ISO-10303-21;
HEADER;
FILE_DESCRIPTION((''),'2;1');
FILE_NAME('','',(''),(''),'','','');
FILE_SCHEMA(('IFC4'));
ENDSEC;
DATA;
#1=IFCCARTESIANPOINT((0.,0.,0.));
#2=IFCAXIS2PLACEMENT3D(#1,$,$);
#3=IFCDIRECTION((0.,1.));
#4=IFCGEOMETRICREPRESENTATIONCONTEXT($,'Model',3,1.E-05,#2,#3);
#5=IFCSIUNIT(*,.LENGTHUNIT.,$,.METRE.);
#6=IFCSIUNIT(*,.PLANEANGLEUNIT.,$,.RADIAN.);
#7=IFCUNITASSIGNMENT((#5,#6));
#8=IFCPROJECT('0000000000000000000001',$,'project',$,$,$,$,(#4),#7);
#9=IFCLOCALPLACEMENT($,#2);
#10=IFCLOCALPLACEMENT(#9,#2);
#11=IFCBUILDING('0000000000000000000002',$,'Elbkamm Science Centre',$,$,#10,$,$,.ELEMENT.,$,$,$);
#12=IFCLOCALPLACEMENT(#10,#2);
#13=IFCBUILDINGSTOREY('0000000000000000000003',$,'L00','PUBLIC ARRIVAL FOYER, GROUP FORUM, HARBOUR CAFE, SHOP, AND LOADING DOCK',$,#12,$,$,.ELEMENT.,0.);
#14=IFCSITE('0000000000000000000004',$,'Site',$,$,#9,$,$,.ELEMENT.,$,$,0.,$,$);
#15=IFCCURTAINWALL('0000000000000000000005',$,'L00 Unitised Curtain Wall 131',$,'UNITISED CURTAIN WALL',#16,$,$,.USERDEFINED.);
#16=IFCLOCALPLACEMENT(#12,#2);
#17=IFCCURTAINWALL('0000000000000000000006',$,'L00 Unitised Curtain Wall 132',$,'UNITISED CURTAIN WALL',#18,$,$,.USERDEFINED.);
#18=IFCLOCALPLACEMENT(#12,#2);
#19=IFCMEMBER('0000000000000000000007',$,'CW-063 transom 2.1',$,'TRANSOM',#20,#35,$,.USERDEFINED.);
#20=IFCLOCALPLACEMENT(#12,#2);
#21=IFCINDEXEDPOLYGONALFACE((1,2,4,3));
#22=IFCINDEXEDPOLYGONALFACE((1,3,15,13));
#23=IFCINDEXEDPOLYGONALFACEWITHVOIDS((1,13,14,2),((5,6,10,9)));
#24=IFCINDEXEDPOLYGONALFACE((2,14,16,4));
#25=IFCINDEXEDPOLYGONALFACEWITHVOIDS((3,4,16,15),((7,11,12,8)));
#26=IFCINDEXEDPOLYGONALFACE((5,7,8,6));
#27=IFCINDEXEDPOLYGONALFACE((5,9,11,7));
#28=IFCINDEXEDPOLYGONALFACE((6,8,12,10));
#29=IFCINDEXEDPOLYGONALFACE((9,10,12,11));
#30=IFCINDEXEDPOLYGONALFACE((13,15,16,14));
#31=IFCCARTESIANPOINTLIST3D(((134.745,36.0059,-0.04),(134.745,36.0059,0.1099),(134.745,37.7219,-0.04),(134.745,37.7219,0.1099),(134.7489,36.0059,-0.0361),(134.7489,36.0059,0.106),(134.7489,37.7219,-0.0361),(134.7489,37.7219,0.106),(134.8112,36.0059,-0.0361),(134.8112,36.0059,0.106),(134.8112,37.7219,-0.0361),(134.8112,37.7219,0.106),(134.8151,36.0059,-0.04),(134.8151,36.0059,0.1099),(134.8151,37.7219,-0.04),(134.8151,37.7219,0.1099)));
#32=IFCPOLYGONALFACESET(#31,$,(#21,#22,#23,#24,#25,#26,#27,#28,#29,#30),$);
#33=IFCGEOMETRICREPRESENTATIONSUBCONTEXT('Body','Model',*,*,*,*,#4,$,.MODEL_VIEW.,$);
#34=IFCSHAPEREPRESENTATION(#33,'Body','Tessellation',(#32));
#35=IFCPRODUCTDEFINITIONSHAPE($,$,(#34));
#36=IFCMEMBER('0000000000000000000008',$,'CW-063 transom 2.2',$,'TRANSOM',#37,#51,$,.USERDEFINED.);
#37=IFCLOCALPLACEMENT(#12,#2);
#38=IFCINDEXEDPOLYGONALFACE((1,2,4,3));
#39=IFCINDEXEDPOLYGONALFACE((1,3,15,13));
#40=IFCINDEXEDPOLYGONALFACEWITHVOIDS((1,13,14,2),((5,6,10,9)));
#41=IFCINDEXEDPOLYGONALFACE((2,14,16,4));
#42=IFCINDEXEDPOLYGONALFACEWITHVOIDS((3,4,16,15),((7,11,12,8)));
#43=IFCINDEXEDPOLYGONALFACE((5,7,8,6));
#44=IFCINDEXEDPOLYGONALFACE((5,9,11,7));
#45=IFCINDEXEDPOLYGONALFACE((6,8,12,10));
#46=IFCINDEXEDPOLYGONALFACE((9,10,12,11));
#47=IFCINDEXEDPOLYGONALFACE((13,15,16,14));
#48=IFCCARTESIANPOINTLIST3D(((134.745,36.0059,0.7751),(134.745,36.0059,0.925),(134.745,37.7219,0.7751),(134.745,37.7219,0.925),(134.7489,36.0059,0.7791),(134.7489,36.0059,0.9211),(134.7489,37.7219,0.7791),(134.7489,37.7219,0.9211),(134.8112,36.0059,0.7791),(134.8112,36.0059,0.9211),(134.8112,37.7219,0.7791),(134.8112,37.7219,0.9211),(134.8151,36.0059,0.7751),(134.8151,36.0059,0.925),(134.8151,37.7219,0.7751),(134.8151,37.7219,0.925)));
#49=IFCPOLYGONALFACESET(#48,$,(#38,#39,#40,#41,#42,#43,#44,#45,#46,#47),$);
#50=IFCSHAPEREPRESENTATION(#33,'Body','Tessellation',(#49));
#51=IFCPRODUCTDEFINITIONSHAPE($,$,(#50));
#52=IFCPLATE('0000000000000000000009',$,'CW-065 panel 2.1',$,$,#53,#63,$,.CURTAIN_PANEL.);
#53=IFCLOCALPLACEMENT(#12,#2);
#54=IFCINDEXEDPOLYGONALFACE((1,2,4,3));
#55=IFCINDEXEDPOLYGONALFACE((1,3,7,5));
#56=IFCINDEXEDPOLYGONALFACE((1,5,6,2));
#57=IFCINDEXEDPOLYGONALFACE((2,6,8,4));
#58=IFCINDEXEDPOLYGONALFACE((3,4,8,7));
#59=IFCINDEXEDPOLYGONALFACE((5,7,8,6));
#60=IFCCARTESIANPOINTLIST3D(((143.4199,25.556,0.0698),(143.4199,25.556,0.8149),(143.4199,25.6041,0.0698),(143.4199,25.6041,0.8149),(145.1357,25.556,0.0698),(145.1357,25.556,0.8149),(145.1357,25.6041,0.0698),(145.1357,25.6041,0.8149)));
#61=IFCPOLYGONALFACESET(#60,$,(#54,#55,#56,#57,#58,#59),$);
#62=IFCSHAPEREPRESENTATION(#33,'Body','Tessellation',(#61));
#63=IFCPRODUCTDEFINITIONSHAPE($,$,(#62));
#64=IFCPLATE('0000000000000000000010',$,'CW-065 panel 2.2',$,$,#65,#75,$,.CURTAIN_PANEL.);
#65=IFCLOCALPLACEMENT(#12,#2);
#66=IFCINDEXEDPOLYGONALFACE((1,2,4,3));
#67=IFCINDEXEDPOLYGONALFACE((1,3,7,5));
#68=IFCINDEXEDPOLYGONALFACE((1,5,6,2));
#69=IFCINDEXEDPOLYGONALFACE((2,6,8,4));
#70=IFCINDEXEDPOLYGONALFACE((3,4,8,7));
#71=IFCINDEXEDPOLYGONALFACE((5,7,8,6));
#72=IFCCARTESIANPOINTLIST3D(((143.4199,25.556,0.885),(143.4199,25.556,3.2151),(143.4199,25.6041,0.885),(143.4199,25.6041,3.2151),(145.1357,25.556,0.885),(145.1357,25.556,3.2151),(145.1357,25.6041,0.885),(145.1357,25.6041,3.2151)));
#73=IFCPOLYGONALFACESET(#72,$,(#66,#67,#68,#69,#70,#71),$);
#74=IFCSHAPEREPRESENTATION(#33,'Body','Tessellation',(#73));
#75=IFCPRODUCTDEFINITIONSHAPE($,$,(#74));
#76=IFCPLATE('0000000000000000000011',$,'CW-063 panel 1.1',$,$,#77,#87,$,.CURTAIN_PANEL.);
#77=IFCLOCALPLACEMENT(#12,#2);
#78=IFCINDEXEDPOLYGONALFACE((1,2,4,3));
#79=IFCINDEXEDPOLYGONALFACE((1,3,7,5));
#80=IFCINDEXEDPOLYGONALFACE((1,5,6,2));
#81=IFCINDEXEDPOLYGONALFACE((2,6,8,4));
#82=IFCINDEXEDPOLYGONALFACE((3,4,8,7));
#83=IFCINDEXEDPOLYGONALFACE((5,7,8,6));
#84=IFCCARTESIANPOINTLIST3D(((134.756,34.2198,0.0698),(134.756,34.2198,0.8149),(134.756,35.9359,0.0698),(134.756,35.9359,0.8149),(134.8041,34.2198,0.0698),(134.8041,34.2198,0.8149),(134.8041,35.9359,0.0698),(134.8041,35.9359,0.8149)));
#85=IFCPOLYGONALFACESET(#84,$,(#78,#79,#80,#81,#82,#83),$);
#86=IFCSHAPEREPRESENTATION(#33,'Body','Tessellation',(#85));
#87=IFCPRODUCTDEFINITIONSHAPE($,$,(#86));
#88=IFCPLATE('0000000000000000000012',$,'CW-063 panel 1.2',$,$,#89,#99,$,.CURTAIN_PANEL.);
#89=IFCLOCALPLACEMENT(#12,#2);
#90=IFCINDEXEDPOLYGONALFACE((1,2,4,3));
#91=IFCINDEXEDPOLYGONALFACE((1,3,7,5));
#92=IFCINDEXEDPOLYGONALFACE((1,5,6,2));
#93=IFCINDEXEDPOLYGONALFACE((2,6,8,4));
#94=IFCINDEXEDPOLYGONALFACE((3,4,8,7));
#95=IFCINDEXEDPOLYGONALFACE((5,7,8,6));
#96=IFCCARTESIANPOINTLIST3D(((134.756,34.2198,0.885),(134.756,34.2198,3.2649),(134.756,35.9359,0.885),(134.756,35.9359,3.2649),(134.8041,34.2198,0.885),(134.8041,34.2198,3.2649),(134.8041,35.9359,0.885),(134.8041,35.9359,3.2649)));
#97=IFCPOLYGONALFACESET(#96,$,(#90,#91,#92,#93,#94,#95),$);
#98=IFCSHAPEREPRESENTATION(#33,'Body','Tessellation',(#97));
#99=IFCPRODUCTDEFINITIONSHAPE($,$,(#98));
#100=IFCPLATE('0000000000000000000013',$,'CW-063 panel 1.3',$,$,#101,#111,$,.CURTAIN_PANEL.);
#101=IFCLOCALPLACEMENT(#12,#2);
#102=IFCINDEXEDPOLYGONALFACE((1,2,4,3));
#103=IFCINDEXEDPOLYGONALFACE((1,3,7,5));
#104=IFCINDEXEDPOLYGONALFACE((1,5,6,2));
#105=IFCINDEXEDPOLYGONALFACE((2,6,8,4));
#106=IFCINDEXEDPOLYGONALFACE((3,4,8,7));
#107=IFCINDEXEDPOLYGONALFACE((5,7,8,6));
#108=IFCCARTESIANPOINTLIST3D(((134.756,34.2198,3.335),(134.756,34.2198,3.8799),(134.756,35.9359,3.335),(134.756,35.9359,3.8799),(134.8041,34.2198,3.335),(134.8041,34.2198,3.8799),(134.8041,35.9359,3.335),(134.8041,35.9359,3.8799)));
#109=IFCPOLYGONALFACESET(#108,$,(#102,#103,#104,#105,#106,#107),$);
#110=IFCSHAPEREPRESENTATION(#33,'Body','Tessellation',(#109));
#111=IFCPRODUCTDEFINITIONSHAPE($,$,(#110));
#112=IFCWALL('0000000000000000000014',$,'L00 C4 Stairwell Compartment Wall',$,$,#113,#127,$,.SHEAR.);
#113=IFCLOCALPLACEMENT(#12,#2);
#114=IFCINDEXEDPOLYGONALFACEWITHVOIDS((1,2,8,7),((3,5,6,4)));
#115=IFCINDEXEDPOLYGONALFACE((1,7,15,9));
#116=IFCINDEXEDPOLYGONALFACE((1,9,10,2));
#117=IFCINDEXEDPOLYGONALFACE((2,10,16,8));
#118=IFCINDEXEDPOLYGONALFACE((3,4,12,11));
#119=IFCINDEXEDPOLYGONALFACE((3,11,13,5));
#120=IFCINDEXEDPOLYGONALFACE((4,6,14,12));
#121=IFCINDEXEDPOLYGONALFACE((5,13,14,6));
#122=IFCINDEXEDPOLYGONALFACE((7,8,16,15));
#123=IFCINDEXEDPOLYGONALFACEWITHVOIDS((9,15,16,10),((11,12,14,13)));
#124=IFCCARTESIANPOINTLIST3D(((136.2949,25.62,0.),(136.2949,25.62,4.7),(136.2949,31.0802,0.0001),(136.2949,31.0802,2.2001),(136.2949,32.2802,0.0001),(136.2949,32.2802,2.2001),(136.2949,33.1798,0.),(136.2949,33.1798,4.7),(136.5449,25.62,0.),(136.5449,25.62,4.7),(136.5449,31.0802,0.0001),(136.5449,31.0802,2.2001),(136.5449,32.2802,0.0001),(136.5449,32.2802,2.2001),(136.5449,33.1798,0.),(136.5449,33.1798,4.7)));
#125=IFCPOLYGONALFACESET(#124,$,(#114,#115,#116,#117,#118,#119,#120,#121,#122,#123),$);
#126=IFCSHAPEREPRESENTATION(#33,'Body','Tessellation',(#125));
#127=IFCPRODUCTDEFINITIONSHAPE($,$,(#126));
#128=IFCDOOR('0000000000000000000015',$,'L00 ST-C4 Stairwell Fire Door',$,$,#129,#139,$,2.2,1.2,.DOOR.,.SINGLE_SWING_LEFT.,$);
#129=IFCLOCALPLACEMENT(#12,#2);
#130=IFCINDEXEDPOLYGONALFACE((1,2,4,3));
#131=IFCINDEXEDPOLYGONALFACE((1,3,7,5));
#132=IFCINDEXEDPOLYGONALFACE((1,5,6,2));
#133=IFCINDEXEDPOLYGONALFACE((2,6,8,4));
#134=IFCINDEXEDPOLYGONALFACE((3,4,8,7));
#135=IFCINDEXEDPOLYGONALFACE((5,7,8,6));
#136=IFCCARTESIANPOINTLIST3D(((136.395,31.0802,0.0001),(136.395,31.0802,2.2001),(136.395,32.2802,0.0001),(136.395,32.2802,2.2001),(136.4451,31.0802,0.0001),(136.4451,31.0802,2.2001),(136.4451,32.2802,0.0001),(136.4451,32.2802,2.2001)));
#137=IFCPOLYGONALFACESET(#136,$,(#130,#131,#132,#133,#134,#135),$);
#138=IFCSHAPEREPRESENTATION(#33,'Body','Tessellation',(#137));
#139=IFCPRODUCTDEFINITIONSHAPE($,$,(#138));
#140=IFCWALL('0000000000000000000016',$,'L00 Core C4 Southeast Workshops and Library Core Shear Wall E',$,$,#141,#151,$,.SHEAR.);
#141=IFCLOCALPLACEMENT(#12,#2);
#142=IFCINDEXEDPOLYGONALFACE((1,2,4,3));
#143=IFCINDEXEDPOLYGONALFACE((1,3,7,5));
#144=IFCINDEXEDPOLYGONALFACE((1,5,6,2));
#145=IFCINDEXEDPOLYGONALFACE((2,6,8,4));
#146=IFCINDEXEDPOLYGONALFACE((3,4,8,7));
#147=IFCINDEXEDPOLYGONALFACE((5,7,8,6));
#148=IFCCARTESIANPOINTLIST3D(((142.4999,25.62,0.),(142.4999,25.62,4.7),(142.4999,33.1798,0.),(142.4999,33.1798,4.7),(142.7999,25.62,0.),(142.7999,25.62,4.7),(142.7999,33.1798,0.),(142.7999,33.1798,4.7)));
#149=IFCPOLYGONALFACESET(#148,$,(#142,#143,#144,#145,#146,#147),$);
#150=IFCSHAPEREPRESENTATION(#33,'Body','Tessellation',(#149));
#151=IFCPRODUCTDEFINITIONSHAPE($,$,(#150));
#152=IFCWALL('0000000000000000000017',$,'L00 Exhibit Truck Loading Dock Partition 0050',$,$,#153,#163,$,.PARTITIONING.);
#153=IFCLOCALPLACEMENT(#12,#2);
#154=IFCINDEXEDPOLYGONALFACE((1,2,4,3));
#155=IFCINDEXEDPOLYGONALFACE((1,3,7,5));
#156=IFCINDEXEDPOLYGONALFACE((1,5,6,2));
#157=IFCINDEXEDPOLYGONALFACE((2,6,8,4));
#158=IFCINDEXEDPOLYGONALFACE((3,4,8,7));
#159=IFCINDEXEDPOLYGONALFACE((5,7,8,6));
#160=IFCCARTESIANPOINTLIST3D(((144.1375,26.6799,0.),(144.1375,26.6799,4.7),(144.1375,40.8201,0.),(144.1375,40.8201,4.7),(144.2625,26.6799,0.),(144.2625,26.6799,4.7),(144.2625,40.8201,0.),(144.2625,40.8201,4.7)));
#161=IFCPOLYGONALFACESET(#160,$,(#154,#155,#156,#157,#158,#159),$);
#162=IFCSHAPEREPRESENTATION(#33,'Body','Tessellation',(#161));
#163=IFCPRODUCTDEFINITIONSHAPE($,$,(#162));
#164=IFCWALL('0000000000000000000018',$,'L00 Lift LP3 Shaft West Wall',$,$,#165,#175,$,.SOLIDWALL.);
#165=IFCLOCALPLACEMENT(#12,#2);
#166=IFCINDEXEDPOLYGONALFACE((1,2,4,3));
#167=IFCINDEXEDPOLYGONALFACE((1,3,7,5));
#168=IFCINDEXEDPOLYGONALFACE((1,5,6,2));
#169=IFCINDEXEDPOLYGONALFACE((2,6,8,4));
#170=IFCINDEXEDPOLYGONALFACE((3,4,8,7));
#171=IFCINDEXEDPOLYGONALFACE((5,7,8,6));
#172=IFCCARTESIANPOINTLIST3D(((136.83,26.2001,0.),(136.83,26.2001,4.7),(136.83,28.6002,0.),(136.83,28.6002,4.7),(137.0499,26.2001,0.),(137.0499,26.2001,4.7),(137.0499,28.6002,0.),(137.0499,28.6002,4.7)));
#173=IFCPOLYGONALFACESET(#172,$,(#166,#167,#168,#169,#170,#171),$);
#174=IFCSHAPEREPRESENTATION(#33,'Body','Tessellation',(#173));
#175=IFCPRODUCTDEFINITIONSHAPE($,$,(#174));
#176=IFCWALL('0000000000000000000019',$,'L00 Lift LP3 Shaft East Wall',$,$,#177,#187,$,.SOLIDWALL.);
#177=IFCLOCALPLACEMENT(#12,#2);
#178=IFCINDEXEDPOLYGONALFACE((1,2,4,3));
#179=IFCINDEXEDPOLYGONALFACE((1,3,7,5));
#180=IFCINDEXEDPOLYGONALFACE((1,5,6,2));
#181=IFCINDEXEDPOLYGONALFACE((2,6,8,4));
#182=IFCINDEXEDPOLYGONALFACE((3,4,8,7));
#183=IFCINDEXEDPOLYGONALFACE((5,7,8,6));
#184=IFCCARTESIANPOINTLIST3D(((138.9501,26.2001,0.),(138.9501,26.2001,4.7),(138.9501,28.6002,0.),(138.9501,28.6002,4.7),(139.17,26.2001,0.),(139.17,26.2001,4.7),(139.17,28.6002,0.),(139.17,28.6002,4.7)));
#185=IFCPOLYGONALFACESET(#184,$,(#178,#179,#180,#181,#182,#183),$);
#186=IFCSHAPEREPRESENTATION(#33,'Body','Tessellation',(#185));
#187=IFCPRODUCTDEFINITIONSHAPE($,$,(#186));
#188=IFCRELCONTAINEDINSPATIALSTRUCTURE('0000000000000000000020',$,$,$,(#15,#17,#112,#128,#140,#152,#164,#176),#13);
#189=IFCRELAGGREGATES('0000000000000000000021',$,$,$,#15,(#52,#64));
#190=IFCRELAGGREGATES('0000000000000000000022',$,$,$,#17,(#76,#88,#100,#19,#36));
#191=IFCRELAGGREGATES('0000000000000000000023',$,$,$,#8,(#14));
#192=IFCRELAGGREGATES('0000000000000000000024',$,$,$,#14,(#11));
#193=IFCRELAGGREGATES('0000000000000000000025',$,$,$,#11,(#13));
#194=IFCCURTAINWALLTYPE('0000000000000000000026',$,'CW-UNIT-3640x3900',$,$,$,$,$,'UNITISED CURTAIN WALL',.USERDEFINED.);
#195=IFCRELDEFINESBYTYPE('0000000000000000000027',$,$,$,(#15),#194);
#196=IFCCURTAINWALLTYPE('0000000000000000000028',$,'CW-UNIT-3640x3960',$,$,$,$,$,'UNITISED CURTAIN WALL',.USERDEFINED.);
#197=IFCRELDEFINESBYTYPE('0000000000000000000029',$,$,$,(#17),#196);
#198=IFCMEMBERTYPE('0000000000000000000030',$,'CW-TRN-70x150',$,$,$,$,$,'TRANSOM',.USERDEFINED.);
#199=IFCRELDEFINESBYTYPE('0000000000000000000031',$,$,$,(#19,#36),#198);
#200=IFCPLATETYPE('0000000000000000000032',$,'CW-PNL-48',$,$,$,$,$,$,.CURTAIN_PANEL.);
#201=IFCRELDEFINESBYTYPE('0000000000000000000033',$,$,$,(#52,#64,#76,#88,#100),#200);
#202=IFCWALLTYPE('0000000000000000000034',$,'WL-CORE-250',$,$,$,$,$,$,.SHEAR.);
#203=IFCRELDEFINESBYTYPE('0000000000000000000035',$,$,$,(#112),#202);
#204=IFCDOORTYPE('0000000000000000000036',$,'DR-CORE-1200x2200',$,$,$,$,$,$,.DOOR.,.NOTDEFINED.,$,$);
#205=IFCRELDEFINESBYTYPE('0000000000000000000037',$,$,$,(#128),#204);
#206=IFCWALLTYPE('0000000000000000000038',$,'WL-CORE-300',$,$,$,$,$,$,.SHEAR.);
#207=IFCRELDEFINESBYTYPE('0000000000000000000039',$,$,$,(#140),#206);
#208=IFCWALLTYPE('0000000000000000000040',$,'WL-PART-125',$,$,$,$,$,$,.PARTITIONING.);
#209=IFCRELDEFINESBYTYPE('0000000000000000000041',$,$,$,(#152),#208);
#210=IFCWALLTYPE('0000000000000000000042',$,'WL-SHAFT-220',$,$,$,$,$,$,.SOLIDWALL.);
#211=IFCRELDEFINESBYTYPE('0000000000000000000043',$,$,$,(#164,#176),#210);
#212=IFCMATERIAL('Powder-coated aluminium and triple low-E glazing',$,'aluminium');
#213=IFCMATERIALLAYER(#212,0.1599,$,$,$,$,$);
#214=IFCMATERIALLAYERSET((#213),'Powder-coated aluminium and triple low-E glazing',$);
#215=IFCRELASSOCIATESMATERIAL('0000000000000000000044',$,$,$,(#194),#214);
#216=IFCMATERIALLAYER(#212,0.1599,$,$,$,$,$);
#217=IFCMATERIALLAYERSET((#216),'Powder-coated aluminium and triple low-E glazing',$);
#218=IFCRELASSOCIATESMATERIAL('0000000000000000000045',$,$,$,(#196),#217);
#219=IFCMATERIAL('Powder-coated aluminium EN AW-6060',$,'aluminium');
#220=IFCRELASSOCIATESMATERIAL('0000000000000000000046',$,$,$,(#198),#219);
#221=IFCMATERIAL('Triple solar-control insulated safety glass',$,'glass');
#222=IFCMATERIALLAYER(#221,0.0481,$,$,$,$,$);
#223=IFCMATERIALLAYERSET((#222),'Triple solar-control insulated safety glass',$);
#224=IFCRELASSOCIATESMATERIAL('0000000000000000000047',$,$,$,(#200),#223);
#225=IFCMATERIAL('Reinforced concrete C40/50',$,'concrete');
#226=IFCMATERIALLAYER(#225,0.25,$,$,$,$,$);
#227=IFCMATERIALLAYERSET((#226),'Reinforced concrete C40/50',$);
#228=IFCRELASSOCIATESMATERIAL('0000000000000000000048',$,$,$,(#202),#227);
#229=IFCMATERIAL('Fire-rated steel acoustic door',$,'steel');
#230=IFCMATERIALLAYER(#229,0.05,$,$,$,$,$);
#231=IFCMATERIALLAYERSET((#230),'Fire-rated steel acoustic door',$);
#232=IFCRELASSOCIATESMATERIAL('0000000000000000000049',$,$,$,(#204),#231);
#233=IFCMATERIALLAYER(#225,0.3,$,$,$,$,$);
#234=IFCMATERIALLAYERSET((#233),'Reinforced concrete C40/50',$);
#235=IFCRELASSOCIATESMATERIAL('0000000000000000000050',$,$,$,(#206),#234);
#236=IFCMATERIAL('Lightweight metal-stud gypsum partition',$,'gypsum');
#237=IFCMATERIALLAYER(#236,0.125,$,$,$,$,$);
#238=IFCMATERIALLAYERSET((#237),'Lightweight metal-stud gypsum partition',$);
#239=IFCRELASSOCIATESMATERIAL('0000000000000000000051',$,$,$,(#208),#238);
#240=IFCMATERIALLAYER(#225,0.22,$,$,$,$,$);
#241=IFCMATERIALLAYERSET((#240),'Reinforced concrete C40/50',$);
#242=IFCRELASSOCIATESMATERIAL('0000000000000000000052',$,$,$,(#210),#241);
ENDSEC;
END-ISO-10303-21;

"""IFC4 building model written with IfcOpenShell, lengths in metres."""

from ifc_helpers import new_model, si_unit, direction, frame, frame_2d, origin, origin_2d, place, context, subcontext, project, spatial, rectangle, hollow_rectangle, extrude, material, layer, layer_set, material_profile, profile_set, type_object, element, fill, aggregate, save


model = new_model("IFC4")

# Units and contexts
model_context = context("Model", 3, precision=1e-05, world=origin(), true_north=direction((0.0, 1.0)))
body_context = subcontext(model_context, "Body", "Model", "MODEL_VIEW")
ifc_project = project(units=[si_unit("LENGTHUNIT", "METRE"), si_unit("PLANEANGLEUNIT", "RADIAN")], contexts=[model_context])

# Site, building, storey
site_placement = place(None, origin())
site = spatial("IfcSite", under=ifc_project, at=site_placement, Name="Site", CompositionType="ELEMENT", RefElevation=0.0)
building_placement = place(site_placement, origin())
building = spatial("IfcBuilding", under=site, at=building_placement, Name="Elbkamm Science Centre", CompositionType="ELEMENT")
storey_placement = place(building_placement, origin())
storey = spatial("IfcBuildingStorey", under=building, at=storey_placement, Name="L00", Description="PUBLIC ARRIVAL FOYER, GROUP FORUM, HARBOUR CAFE, SHOP, AND LOADING DOCK", CompositionType="ELEMENT", Elevation=0.0)

# Curtain wall
ifc_material_1 = material(Name="Powder-coated aluminium and triple low-E glazing", Category="aluminium")
ifc_layer_1 = layer(ifc_material_1, 0.1599)
ifc_layer_set_1 = layer_set([ifc_layer_1], Name="Powder-coated aluminium and triple low-E glazing")
curtain_wall_type_1 = type_object("IfcCurtainWallType", Name="CW-UNIT-3640x3900", ElementType="UNITISED CURTAIN WALL", PredefinedType="USERDEFINED", material=ifc_layer_set_1)
curtain_wall_1_placement = place(storey_placement, origin())
curtain_wall_1 = element("IfcCurtainWall", 1, at=curtain_wall_1_placement, inside=storey, type_object=curtain_wall_type_1, Name="L00 Unitised Curtain Wall 131", ObjectType="UNITISED CURTAIN WALL", PredefinedType="USERDEFINED")
ifc_material_2 = material(Name="Powder-coated aluminium EN AW-6060", Category="aluminium")

# Curtain wall, members
ifc_layer_2 = layer(ifc_material_1, 0.1599)
ifc_layer_set_2 = layer_set([ifc_layer_2], Name="Powder-coated aluminium and triple low-E glazing")
curtain_wall_type_2 = type_object("IfcCurtainWallType", Name="CW-UNIT-3640x3960", ElementType="UNITISED CURTAIN WALL", PredefinedType="USERDEFINED", material=ifc_layer_set_2)
curtain_wall_2_placement = place(storey_placement, origin())
curtain_wall_2 = element("IfcCurtainWall", 2, at=curtain_wall_2_placement, inside=storey, type_object=curtain_wall_type_2, Name="L00 Unitised Curtain Wall 132", ObjectType="UNITISED CURTAIN WALL", PredefinedType="USERDEFINED")
ifc_material_profile_1 = material_profile(ifc_material_2, hollow_rectangle(XDim=0.0701, YDim=0.1499, WallThickness=0.0039, at=origin_2d()), Name="ALU T70x150")
ifc_profile_set_1 = profile_set([ifc_material_profile_1], Name="Powder-coated aluminium EN AW-6060")
member_type_1 = type_object("IfcMemberType", Name="CW-TRN-70x150", ElementType="TRANSOM", PredefinedType="USERDEFINED", material=ifc_profile_set_1)
member_1_placement = place(storey_placement, frame((134.78, 36.0059, 0.0349), z_axis=(0.0, 1.0, 0.0), x_axis=(-1.0, 0.0, 0.0)))
member_1 = element("IfcMember", 3, at=member_1_placement, type_object=member_type_1, Name="CW-063 transom 2.1", ObjectType="TRANSOM", PredefinedType="USERDEFINED", context=body_context, shape_type="SweptSolid", body=[
    extrude(hollow_rectangle(XDim=0.0701, YDim=0.1499, WallThickness=0.0039, at=origin_2d()), origin(), (0.0, 0.0, 1.0), 1.7161),
])
member_2_placement = place(storey_placement, frame((134.78, 36.0059, 0.8501), z_axis=(0.0, 1.0, 0.0), x_axis=(-1.0, 0.0, 0.0)))
member_2 = element("IfcMember", 4, at=member_2_placement, type_object=member_type_1, Name="CW-063 transom 2.2", ObjectType="TRANSOM", PredefinedType="USERDEFINED", context=body_context, shape_type="SweptSolid", body=[
    extrude(hollow_rectangle(XDim=0.0701, YDim=0.1499, WallThickness=0.0039, at=origin_2d()), origin(), (0.0, 0.0, 1.0), 1.7161),
])

# Plates
ifc_material_3 = material(Name="Triple solar-control insulated safety glass", Category="glass")
ifc_layer_3 = layer(ifc_material_3, 0.0481)
ifc_layer_set_3 = layer_set([ifc_layer_3], Name="Triple solar-control insulated safety glass")
plate_type = type_object("IfcPlateType", Name="CW-PNL-48", PredefinedType="CURTAIN_PANEL", material=ifc_layer_set_3)
plate_1_placement = place(storey_placement, frame((144.2778, 25.5801, 0.0698), z_axis=(0.0, 0.0, 1.0), x_axis=(-1.0, 0.0, 0.0)))
plate_1 = element("IfcPlate", 5, at=plate_1_placement, type_object=plate_type, Name="CW-065 panel 2.1", PredefinedType="CURTAIN_PANEL", context=body_context, shape_type="SweptSolid", body=[
    extrude(rectangle(XDim=1.7158, YDim=0.0481, at=origin_2d()), origin(), (0.0, 0.0, 1.0), 0.7451),
])
plate_2_placement = place(storey_placement, frame((144.2778, 25.5801, 0.885), z_axis=(0.0, 0.0, 1.0), x_axis=(-1.0, 0.0, 0.0)))
plate_2 = element("IfcPlate", 6, at=plate_2_placement, type_object=plate_type, Name="CW-065 panel 2.2", PredefinedType="CURTAIN_PANEL", context=body_context, shape_type="SweptSolid", body=[
    extrude(rectangle(XDim=1.7158, YDim=0.0481, at=origin_2d()), origin(), (0.0, 0.0, 1.0), 2.3301),
])
aggregate(curtain_wall_1, [plate_1, plate_2])
plate_3_placement = place(storey_placement, frame((134.78, 35.0779, 0.0698), z_axis=(0.0, 0.0, 1.0), x_axis=(0.0, 1.0, 0.0)))
plate_3 = element("IfcPlate", 7, at=plate_3_placement, type_object=plate_type, Name="CW-063 panel 1.1", PredefinedType="CURTAIN_PANEL", context=body_context, shape_type="SweptSolid", body=[
    extrude(rectangle(XDim=1.7161, YDim=0.0481, at=origin_2d()), origin(), (0.0, 0.0, 1.0), 0.7451),
])
plate_4_placement = place(storey_placement, frame((134.78, 35.0779, 0.885), z_axis=(0.0, 0.0, 1.0), x_axis=(0.0, 1.0, 0.0)))
plate_4 = element("IfcPlate", 8, at=plate_4_placement, type_object=plate_type, Name="CW-063 panel 1.2", PredefinedType="CURTAIN_PANEL", context=body_context, shape_type="SweptSolid", body=[
    extrude(rectangle(XDim=1.7161, YDim=0.0481, at=origin_2d()), origin(), (0.0, 0.0, 1.0), 2.3799),
])
plate_5_placement = place(storey_placement, frame((134.78, 35.0779, 3.335), z_axis=(0.0, 0.0, 1.0), x_axis=(0.0, 1.0, 0.0)))
plate_5 = element("IfcPlate", 9, at=plate_5_placement, type_object=plate_type, Name="CW-063 panel 1.3", PredefinedType="CURTAIN_PANEL", context=body_context, shape_type="SweptSolid", body=[
    extrude(rectangle(XDim=1.7161, YDim=0.0481, at=origin_2d()), origin(), (0.0, 0.0, 1.0), 0.5449),
])
aggregate(curtain_wall_2, [plate_3, plate_4, plate_5, member_1, member_2])

# Wall, opening, door
ifc_material_4 = material(Name="Reinforced concrete C40/50", Category="concrete")
ifc_layer_4 = layer(ifc_material_4, 0.25)
ifc_layer_set_4 = layer_set([ifc_layer_4], Name="Reinforced concrete C40/50")
wall_type_1 = type_object("IfcWallType", Name="WL-CORE-250", PredefinedType="SHEAR", material=ifc_layer_set_4)
wall_1_placement = place(storey_placement, frame((136.4199, 25.6201, 0.0), z_axis=(0.0, 0.0, 1.0), x_axis=(0.0, 1.0, 0.0)))
wall_1 = element("IfcWall", 10, at=wall_1_placement, inside=storey, type_object=wall_type_1, Name="L00 C4 Stairwell Compartment Wall", PredefinedType="SHEAR", context=body_context, shape_type="SweptSolid", body=[
    extrude(rectangle(XDim=7.5598, YDim=0.25, at=frame_2d((3.7798, 0.0))), origin(), (0.0, 0.0, 1.0), 4.7),
])
opening_1_placement = place(wall_1_placement, frame((5.46, 0.0, 0.0)))
opening_1 = element("IfcOpeningElement", 11, at=opening_1_placement, cuts=wall_1, PredefinedType="OPENING", context=body_context, shape_type="SweptSolid", body=[
    extrude(rectangle(XDim=1.2, YDim=2.2, at=frame_2d((0.6001, 1.1001))), frame((0.0, 0.137, 0.0), z_axis=(0.0, -1.0, 0.0), x_axis=(1.0, 0.0, 0.0)), (0.0, 0.0, 1.0), 0.2739),
])
ifc_material_5 = material(Name="Fire-rated steel acoustic door", Category="steel")
ifc_layer_5 = layer(ifc_material_5, 0.05)
ifc_layer_set_5 = layer_set([ifc_layer_5], Name="Fire-rated steel acoustic door")
door_type_1 = type_object("IfcDoorType", Name="DR-CORE-1200x2200", OperationType="NOTDEFINED", PredefinedType="DOOR", material=ifc_layer_set_5)
door_1_placement = place(opening_1_placement, origin())
door_1 = element("IfcDoor", 12, at=door_1_placement, inside=storey, type_object=door_type_1, Name="L00 ST-C4 Stairwell Fire Door", OperationType="SINGLE_SWING_LEFT", OverallHeight=2.2, OverallWidth=1.2, PredefinedType="DOOR", context=body_context, shape_type="SweptSolid", body=[
    extrude(rectangle(XDim=1.2, YDim=2.2, at=frame_2d((0.6001, 1.1001))), frame((0.0, 0.0249, 0.0), z_axis=(0.0, -1.0, 0.0), x_axis=(1.0, 0.0, 0.0)), (0.0, 0.0, 1.0), 0.05),
])
fill(opening_1, door_1)

# Walls
ifc_layer_6 = layer(ifc_material_4, 0.3)
ifc_layer_set_6 = layer_set([ifc_layer_6], Name="Reinforced concrete C40/50")
wall_type_2 = type_object("IfcWallType", Name="WL-CORE-300", PredefinedType="SHEAR", material=ifc_layer_set_6)
wall_2_placement = place(storey_placement, frame((142.6499, 25.6201, 0.0), z_axis=(0.0, 0.0, 1.0), x_axis=(0.0, 1.0, 0.0)))
element("IfcWall", 13, at=wall_2_placement, inside=storey, type_object=wall_type_2, Name="L00 Core C4 Southeast Workshops and Library Core Shear Wall E", PredefinedType="SHEAR", context=body_context, shape_type="SweptSolid", body=[
    extrude(rectangle(XDim=7.5598, YDim=0.3, at=frame_2d((3.7798, 0.0))), origin(), (0.0, 0.0, 1.0), 4.7),
])
ifc_material_6 = material(Name="Lightweight metal-stud gypsum partition", Category="gypsum")
ifc_layer_7 = layer(ifc_material_6, 0.125)
ifc_layer_set_7 = layer_set([ifc_layer_7], Name="Lightweight metal-stud gypsum partition")
wall_type_3 = type_object("IfcWallType", Name="WL-PART-125", PredefinedType="PARTITIONING", material=ifc_layer_set_7)
wall_3_placement = place(storey_placement, frame((144.2, 26.6799, 0.0), z_axis=(0.0, 0.0, 1.0), x_axis=(0.0, 1.0, 0.0)))
element("IfcWall", 14, at=wall_3_placement, inside=storey, type_object=wall_type_3, Name="L00 Exhibit Truck Loading Dock Partition 0050", PredefinedType="PARTITIONING", context=body_context, shape_type="SweptSolid", body=[
    extrude(rectangle(XDim=14.1401, YDim=0.125, at=frame_2d((7.0701, 0.0))), origin(), (0.0, 0.0, 1.0), 4.7),
])
ifc_layer_8 = layer(ifc_material_4, 0.22)
ifc_layer_set_8 = layer_set([ifc_layer_8], Name="Reinforced concrete C40/50")
wall_type_4 = type_object("IfcWallType", Name="WL-SHAFT-220", PredefinedType="SOLIDWALL", material=ifc_layer_set_8)
for number, where, z_axis, x_axis, name in (
    (15, (136.9399, 26.2, 0.0), (0.0, 0.0, 1.0), (0.0, 1.0, 0.0), "L00 Lift LP3 Shaft West Wall"),
    (16, (139.0601, 26.2, 0.0), (0.0, 0.0, 1.0), (0.0, 1.0, 0.0), "L00 Lift LP3 Shaft East Wall"),
):
    element("IfcWall", number, at=place(storey_placement, frame(where, z_axis=z_axis, x_axis=x_axis)), inside=storey, type_object=wall_type_4, Name=name, PredefinedType="SOLIDWALL", context=body_context, shape_type="SweptSolid", body=[
        extrude(rectangle(XDim=2.4001, YDim=0.22, at=frame_2d((1.2002, 0.0))), origin(), (0.0, 0.0, 1.0), 4.7),
    ])

save(model, "model.ifc")
